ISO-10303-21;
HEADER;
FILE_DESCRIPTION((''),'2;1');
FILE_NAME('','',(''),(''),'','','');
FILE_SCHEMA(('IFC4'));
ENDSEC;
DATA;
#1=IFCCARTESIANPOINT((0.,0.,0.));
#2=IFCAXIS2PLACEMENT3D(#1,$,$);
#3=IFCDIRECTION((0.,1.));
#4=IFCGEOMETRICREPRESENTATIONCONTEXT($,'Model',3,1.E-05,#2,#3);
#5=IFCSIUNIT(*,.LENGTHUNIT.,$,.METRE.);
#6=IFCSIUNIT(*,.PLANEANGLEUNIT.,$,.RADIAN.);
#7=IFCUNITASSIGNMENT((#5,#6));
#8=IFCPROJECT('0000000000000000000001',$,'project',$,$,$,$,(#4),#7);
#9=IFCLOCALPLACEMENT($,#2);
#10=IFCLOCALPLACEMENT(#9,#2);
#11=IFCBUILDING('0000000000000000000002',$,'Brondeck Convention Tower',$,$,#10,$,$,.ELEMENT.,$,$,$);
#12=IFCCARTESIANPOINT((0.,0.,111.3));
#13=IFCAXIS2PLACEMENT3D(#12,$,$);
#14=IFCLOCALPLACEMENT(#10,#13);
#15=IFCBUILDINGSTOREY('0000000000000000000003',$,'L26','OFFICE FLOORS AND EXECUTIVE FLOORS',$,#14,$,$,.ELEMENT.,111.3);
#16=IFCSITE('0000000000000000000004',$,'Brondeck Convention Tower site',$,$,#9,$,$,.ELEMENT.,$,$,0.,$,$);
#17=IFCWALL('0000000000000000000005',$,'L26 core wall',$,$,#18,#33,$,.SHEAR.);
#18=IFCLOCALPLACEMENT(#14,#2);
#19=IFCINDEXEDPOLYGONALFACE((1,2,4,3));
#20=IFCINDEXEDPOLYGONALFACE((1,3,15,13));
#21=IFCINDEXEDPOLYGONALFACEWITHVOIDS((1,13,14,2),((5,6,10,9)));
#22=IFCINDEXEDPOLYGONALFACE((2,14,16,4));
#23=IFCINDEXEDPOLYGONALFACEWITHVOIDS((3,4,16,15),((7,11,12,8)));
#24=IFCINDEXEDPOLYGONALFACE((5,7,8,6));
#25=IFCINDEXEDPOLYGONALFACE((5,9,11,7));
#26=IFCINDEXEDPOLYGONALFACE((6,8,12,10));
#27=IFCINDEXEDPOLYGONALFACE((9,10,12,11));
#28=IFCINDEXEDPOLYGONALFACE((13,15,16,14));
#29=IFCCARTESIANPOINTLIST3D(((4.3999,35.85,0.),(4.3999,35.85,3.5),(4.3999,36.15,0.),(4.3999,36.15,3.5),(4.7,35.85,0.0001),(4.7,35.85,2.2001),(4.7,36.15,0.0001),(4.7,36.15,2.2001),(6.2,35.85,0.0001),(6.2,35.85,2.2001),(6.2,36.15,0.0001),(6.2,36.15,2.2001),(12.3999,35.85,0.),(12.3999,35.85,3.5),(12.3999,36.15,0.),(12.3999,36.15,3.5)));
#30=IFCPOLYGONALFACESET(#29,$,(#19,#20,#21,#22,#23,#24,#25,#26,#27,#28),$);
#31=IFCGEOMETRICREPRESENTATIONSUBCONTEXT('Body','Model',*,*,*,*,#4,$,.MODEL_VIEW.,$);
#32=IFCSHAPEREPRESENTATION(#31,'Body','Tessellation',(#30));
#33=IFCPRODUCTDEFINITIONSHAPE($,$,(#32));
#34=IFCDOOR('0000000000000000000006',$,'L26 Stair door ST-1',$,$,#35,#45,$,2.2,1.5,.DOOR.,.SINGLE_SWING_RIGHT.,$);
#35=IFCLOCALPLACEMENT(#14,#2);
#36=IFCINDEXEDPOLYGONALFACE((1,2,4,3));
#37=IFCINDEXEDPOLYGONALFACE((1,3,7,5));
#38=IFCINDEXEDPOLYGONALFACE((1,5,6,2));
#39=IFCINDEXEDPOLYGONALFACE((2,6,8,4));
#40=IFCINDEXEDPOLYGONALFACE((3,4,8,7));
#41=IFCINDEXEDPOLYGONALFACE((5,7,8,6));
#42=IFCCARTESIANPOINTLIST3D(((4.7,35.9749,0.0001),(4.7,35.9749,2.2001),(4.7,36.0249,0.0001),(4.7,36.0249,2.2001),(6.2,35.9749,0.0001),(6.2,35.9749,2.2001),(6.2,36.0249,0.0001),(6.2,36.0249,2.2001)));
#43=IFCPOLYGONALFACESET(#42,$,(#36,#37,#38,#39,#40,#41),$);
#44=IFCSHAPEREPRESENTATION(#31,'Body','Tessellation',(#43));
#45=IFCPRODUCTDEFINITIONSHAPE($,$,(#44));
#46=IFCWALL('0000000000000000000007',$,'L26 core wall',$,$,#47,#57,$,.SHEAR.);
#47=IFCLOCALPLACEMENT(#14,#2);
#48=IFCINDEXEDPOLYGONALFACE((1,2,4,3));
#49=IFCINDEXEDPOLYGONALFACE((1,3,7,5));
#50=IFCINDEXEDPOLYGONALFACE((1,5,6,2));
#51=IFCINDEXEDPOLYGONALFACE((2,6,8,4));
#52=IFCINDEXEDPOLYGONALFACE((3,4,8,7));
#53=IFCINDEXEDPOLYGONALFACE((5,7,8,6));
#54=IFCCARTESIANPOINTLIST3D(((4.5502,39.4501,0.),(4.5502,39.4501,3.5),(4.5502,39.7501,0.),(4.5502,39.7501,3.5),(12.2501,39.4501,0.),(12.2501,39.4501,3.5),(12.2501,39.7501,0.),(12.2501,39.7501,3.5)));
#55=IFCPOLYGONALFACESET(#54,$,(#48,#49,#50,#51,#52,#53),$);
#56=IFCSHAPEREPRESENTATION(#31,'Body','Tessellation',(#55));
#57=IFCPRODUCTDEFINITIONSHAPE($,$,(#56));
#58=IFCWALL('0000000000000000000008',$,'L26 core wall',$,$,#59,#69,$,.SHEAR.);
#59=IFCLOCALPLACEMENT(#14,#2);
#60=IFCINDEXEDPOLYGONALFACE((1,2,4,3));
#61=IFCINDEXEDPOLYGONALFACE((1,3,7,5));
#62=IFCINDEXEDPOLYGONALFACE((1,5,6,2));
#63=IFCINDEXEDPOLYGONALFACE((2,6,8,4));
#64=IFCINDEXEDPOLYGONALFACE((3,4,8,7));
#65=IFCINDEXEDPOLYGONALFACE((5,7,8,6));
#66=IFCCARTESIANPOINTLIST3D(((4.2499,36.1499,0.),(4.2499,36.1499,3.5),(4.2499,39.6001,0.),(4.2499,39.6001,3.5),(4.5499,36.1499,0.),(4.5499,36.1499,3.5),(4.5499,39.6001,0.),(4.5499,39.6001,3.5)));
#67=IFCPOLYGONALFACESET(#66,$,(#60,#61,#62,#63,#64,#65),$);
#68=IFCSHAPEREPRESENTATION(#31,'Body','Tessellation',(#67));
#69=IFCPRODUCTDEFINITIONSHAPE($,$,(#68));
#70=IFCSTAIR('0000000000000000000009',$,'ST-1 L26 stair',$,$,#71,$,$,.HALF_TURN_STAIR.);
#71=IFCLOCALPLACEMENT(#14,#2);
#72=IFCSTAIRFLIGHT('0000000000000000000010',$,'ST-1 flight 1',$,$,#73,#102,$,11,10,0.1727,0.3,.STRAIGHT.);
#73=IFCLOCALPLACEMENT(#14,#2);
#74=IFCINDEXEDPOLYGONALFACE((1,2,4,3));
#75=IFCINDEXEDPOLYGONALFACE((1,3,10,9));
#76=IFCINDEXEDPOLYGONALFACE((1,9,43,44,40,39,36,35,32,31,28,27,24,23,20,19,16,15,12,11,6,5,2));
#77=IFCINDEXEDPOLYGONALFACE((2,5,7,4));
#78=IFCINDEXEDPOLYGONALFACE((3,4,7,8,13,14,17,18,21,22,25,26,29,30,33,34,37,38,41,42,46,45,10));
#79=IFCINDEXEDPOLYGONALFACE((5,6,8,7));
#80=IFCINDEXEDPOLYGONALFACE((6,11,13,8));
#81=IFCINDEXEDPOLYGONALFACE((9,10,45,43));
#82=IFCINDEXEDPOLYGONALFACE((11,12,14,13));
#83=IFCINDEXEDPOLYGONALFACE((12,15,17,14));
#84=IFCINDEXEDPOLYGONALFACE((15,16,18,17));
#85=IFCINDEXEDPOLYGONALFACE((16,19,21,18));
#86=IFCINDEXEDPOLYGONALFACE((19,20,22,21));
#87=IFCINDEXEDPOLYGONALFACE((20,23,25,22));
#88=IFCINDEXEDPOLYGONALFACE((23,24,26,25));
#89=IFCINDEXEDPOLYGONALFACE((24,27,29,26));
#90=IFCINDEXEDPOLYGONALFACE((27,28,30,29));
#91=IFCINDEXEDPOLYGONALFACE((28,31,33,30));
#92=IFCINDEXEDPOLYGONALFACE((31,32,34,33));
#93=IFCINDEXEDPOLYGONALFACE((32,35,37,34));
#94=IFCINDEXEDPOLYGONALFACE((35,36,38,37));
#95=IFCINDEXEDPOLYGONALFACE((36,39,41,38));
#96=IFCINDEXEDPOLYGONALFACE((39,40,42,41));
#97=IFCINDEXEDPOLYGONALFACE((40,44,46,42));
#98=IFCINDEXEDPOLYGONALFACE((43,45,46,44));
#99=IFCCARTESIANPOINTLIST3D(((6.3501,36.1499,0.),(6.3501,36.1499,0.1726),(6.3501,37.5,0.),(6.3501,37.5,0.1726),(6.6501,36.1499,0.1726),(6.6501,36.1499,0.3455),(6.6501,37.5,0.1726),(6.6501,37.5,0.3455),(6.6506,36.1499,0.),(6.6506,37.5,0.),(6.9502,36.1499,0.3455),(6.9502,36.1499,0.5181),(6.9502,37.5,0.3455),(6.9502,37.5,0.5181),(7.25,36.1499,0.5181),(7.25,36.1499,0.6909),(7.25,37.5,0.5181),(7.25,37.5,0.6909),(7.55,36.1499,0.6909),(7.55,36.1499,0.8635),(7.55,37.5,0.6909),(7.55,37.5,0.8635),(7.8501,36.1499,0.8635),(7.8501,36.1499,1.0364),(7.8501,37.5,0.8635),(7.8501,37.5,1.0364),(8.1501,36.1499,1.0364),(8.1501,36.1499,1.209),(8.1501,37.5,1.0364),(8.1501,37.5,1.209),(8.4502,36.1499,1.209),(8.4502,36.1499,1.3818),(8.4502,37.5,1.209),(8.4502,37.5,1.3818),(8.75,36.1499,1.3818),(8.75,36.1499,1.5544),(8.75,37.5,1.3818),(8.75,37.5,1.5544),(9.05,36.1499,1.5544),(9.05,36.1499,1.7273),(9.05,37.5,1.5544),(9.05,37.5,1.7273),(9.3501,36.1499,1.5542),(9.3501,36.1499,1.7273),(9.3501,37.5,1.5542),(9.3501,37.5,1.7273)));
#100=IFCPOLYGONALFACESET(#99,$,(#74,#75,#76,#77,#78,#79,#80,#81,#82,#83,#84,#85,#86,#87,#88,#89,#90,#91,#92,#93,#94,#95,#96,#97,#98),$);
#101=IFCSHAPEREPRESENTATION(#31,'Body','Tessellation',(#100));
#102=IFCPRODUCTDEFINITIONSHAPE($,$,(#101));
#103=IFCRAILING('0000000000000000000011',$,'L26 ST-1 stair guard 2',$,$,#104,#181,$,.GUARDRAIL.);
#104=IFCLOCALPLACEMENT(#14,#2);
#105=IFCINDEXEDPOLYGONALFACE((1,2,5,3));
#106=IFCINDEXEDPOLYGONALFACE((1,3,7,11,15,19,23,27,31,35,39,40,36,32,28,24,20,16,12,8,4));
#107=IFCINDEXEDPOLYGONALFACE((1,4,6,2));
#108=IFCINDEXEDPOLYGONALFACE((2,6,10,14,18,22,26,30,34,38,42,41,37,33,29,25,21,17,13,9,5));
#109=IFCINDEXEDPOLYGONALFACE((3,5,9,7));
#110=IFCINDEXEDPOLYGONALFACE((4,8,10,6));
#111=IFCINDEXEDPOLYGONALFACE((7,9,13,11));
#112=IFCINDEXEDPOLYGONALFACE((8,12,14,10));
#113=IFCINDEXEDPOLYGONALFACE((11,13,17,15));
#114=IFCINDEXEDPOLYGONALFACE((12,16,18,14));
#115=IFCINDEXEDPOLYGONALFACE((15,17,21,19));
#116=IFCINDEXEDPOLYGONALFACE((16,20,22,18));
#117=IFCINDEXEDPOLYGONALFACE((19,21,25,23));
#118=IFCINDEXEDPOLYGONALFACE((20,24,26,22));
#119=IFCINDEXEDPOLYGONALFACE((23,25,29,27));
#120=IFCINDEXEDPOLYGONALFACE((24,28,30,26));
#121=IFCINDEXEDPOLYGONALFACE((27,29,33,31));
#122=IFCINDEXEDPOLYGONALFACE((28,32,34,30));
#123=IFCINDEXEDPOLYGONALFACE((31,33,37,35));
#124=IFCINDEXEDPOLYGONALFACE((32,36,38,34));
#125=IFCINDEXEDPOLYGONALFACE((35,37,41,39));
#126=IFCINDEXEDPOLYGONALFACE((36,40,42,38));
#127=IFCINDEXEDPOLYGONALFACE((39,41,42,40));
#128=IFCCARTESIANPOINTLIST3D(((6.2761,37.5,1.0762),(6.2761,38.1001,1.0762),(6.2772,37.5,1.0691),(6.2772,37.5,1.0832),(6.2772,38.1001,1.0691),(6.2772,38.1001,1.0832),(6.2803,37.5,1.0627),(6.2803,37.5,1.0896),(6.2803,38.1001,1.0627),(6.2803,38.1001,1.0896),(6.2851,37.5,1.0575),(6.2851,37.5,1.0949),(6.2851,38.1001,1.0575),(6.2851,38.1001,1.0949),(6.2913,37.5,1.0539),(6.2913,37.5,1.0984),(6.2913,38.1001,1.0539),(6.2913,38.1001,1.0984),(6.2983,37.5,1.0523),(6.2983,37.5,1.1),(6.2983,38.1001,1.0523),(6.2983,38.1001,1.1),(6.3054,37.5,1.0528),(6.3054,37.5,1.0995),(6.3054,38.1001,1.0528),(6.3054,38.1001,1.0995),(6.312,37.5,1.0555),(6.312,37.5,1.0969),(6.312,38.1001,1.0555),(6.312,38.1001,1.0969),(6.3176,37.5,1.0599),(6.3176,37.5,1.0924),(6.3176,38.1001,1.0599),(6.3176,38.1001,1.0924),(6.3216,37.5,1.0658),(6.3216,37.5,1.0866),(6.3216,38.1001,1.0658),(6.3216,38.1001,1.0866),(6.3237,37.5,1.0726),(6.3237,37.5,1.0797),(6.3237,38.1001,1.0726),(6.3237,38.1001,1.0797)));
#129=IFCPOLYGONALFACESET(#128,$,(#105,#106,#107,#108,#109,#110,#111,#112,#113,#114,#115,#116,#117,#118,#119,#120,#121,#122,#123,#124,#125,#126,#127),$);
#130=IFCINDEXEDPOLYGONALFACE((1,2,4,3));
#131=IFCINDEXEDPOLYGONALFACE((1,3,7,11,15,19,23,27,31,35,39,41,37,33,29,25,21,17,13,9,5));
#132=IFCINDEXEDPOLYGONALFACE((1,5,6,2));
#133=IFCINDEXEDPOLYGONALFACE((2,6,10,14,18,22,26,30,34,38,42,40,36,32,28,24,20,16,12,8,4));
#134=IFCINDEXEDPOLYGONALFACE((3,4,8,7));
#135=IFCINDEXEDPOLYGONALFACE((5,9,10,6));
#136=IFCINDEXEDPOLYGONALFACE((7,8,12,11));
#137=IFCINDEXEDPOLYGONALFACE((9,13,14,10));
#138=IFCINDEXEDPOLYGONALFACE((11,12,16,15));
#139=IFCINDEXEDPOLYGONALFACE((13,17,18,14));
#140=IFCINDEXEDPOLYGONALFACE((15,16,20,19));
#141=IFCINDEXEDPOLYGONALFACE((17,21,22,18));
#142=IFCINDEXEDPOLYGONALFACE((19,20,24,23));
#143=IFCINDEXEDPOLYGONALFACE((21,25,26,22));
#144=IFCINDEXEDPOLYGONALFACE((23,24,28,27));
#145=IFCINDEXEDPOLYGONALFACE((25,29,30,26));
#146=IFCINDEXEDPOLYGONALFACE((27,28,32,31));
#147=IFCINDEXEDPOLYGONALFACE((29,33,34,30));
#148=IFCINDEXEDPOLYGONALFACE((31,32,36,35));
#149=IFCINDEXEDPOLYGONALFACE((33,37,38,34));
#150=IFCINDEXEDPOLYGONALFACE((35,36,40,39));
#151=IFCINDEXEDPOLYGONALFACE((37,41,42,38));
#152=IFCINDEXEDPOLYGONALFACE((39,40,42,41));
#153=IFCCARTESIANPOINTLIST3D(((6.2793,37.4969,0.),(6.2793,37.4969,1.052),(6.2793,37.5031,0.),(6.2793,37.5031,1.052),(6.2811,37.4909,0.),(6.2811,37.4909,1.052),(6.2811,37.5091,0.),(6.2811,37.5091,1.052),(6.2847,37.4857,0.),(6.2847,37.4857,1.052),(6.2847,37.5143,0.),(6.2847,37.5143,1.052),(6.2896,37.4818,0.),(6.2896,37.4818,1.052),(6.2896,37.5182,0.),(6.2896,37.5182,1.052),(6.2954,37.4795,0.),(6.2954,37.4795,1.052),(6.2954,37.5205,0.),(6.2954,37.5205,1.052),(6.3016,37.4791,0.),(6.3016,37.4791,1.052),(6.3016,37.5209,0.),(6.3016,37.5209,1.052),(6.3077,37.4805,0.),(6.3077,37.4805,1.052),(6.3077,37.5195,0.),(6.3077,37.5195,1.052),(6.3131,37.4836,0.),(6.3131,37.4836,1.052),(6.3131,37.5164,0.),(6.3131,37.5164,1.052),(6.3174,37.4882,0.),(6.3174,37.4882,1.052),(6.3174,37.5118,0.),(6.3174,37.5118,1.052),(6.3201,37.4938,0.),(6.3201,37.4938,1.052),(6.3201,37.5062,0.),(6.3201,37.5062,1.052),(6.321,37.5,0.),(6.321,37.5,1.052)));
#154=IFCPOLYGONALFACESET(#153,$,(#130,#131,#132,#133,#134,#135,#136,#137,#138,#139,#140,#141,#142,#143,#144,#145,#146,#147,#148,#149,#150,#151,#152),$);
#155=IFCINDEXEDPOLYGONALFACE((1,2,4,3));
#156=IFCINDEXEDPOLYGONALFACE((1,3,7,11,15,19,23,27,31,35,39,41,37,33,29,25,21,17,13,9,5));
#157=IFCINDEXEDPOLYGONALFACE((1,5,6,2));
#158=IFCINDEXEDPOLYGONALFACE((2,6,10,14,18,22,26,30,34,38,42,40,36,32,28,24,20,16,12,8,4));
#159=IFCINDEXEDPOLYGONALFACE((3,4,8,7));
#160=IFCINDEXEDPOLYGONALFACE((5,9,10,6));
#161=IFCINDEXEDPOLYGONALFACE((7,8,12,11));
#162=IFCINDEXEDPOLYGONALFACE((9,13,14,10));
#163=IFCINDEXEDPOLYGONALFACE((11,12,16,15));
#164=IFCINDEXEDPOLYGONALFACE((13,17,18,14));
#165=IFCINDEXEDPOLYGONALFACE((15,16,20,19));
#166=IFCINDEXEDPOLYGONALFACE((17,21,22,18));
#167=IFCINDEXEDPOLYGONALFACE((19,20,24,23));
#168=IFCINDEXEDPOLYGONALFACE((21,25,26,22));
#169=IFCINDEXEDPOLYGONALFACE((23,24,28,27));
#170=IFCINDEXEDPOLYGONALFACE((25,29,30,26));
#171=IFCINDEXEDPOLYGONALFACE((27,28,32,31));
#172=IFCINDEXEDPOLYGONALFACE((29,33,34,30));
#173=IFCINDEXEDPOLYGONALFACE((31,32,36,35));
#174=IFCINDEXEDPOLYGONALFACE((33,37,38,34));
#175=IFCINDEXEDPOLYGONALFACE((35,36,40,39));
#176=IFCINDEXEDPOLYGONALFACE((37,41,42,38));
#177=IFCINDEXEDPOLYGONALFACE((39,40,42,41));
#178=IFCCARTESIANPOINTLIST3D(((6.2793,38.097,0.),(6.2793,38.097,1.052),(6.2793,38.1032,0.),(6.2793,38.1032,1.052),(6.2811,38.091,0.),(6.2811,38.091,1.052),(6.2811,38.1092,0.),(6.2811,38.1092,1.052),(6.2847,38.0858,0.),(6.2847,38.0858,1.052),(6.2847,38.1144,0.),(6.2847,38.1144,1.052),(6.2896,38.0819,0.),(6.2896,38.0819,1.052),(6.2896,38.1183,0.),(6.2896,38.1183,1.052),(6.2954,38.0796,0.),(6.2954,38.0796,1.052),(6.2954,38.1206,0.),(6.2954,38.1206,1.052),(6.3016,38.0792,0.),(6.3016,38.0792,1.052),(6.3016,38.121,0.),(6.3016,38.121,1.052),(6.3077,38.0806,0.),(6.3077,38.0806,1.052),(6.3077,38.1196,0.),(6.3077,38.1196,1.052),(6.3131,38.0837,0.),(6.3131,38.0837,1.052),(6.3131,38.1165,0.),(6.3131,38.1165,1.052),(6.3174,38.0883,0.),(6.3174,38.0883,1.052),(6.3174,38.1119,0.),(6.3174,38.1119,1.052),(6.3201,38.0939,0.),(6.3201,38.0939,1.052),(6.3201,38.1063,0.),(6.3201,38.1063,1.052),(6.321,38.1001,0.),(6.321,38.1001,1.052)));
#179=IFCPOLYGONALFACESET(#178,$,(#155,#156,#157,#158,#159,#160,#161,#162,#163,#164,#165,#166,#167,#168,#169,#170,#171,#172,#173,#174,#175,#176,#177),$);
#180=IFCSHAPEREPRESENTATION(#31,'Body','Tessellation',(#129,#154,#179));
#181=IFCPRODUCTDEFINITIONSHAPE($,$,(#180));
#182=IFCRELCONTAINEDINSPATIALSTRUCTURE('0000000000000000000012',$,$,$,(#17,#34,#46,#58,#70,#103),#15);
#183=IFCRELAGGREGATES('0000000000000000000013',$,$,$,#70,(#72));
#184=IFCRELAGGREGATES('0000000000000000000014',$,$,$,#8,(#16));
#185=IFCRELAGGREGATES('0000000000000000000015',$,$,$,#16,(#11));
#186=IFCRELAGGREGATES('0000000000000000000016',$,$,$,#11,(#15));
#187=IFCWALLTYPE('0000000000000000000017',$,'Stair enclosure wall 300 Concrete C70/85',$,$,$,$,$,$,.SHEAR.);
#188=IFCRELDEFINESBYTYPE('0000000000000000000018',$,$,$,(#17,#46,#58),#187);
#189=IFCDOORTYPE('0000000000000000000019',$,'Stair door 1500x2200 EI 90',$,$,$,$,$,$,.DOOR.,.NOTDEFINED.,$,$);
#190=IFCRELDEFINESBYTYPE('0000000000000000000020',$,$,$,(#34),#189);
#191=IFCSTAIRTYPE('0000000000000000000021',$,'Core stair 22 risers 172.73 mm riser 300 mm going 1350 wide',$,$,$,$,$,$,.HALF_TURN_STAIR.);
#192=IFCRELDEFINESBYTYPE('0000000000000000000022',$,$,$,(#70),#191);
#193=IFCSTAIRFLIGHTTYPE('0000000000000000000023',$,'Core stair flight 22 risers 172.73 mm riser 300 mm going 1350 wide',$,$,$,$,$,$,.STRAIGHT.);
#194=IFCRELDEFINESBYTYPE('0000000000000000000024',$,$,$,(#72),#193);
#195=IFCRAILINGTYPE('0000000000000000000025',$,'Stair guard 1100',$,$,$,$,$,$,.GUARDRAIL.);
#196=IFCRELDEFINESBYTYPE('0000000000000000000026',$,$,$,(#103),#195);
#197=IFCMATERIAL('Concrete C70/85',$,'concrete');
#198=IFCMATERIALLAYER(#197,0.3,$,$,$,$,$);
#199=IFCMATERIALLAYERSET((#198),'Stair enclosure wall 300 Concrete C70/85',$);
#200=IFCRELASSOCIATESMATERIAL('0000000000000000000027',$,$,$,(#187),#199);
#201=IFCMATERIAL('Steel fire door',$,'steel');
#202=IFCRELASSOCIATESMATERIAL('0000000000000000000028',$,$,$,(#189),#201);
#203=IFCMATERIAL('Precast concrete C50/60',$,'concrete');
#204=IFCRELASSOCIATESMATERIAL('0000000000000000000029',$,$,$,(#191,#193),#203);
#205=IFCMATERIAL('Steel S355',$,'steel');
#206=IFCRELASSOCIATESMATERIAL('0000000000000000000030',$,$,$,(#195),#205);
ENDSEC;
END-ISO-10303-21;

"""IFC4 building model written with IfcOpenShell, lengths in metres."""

from ifc_helpers import new_model, si_unit, direction, frame, frame_2d, origin, origin_2d, place, context, subcontext, project, spatial, polyline, rectangle, circle, outline, extrude, material, layer, layer_set, type_object, element, fill, aggregate, save


model = new_model("IFC4")

# Units and contexts
model_context = context("Model", 3, precision=1e-05, world=origin(), true_north=direction((0.0, 1.0)))
body_context = subcontext(model_context, "Body", "Model", "MODEL_VIEW")
ifc_project = project(units=[si_unit("LENGTHUNIT", "METRE"), si_unit("PLANEANGLEUNIT", "RADIAN")], contexts=[model_context])

# Site, building, storey
site_placement = place(None, origin())
site = spatial("IfcSite", under=ifc_project, at=site_placement, Name="Brondeck Convention Tower site", CompositionType="ELEMENT", RefElevation=0.0)
building_placement = place(site_placement, origin())
building = spatial("IfcBuilding", under=site, at=building_placement, Name="Brondeck Convention Tower", CompositionType="ELEMENT")
storey_placement = place(building_placement, frame((0.0, 0.0, 111.3)))
storey = spatial("IfcBuildingStorey", under=building, at=storey_placement, Name="L26", Description="OFFICE FLOORS AND EXECUTIVE FLOORS", CompositionType="ELEMENT", Elevation=111.3)

# Shared definitions
ifc_material_1 = material(Name="Concrete C70/85", Category="concrete")

# Shared definitions
ifc_material_2 = material(Name="Steel fire door", Category="steel")

# Wall, opening, door
ifc_layer_1 = layer(ifc_material_1, 0.3)
ifc_layer_set_1 = layer_set([ifc_layer_1], Name="Stair enclosure wall 300 Concrete C70/85")
wall_type_1 = type_object("IfcWallType", Name="Stair enclosure wall 300 Concrete C70/85", PredefinedType="SHEAR", material=ifc_layer_set_1)
wall_1_placement = place(storey_placement, frame((4.3999, 36.0, 0.0), z_axis=(0.0, 0.0, 1.0), x_axis=(1.0, 0.0, 0.0)))
wall_1 = element("IfcWall", 1, at=wall_1_placement, inside=storey, type_object=wall_type_1, Name="L26 core wall", PredefinedType="SHEAR", context=body_context, shape_type="SweptSolid", body=[
    extrude(rectangle(XDim=8.0, YDim=0.3, at=frame_2d((4.0, 0.0))), origin(), (0.0, 0.0, 1.0), 3.5),
])
opening_1_placement = place(wall_1_placement, frame((0.3, 0.0, 0.0)))
opening_1 = element("IfcOpeningElement", 2, at=opening_1_placement, cuts=wall_1, PredefinedType="OPENING", context=body_context, shape_type="SweptSolid", body=[
    extrude(rectangle(XDim=1.5, YDim=2.2, at=frame_2d((0.75, 1.1001))), frame((0.0, 0.1599, 0.0), z_axis=(0.0, -1.0, 0.0), x_axis=(1.0, 0.0, 0.0)), (0.0, 0.0, 1.0), 0.3201),
])
door_type_1 = type_object("IfcDoorType", Name="Stair door 1500x2200 EI 90", OperationType="NOTDEFINED", PredefinedType="DOOR", material=ifc_material_2)
door_1_placement = place(opening_1_placement, origin())
door_1 = element("IfcDoor", 3, at=door_1_placement, inside=storey, type_object=door_type_1, Name="L26 Stair door ST-1", OperationType="SINGLE_SWING_RIGHT", OverallHeight=2.2, OverallWidth=1.5, PredefinedType="DOOR", context=body_context, shape_type="SweptSolid", body=[
    extrude(rectangle(XDim=1.5, YDim=2.2, at=frame_2d((0.75, 1.1001))), frame((0.0, 0.0249, 0.0), z_axis=(0.0, -1.0, 0.0), x_axis=(1.0, 0.0, 0.0)), (0.0, 0.0, 1.0), 0.05),
])
fill(opening_1, door_1)

# Walls
wall_2_placement = place(storey_placement, frame((4.55, 39.6001, 0.0), z_axis=(0.0, 0.0, 1.0), x_axis=(1.0, 0.0, 0.0)))
element("IfcWall", 4, at=wall_2_placement, inside=storey, type_object=wall_type_1, Name="L26 core wall", PredefinedType="SHEAR", context=body_context, shape_type="SweptSolid", body=[
    extrude(rectangle(XDim=7.7, YDim=0.3, at=frame_2d((3.8501, 0.0))), origin(), (0.0, 0.0, 1.0), 3.5),
])
wall_3_placement = place(storey_placement, frame((4.3999, 36.1499, 0.0), z_axis=(0.0, 0.0, 1.0), x_axis=(0.0, 1.0, 0.0)))
element("IfcWall", 5, at=wall_3_placement, inside=storey, type_object=wall_type_1, Name="L26 core wall", PredefinedType="SHEAR", context=body_context, shape_type="SweptSolid", body=[
    extrude(rectangle(XDim=3.4502, YDim=0.3, at=frame_2d((1.7251, 0.0))), origin(), (0.0, 0.0, 1.0), 3.5),
])

# Stair, stair flight
ifc_material_3 = material(Name="Precast concrete C50/60", Category="concrete")
stair_type = type_object("IfcStairType", Name="Core stair 22 risers 172.73 mm riser 300 mm going 1350 wide", PredefinedType="HALF_TURN_STAIR", material=ifc_material_3)
stair_placement = place(storey_placement, origin())
stair = element("IfcStair", 6, at=stair_placement, inside=storey, type_object=stair_type, Name="ST-1 L26 stair", PredefinedType="HALF_TURN_STAIR")
stair_flight_type = type_object("IfcStairFlightType", Name="Core stair flight 22 risers 172.73 mm riser 300 mm going 1350 wide", PredefinedType="STRAIGHT", material=ifc_material_3)
stair_flight_placement = place(storey_placement, frame((6.3501, 36.825, 0.0), z_axis=(0.0, 0.0, 1.0), x_axis=(1.0, 0.0, 0.0)))
stair_flight = element("IfcStairFlight", 7, at=stair_flight_placement, type_object=stair_flight_type, Name="ST-1 flight 1", NumberOfRisers=11, NumberOfTreads=10, PredefinedType="STRAIGHT", RiserHeight=0.1727, TreadLength=0.3, context=body_context, shape_type="SweptSolid", body=[
    extrude(outline(polyline([(0.0, 0.0), (0.0, 0.1726), (0.3, 0.1726), (0.3, 0.3455), (0.6001, 0.3455), (0.6001, 0.5181), (0.8999, 0.5181), (0.8999, 0.6909), (1.2, 0.6909), (1.2, 0.8635), (1.5, 0.8635), (1.5, 1.0364), (1.8, 1.0364), (1.8, 1.209), (2.1001, 1.209), (2.1001, 1.3818), (2.3999, 1.3818), (2.3999, 1.5544), (2.7, 1.5544), (2.7, 1.7273), (3.0, 1.7273), (3.0, 1.8999), (3.0, 1.5542), (0.3005, 0.0), (0.0, 0.0)])), frame((0.0, 0.675, 0.0), z_axis=(0.0, -1.0, 0.0), x_axis=(1.0, 0.0, 0.0)), (0.0, 0.0, 1.0), 1.3501),
])
aggregate(stair, [stair_flight])

# Railing
ifc_material_4 = material(Name="Steel S355", Category="steel")
railing_type_1 = type_object("IfcRailingType", Name="Stair guard 1100", PredefinedType="GUARDRAIL", material=ifc_material_4)
railing_1_placement = place(storey_placement, frame((6.3, 37.5, 0.0)))
element("IfcRailing", 8, at=railing_1_placement, inside=storey, type_object=railing_type_1, Name="L26 ST-1 stair guard 2", PredefinedType="GUARDRAIL", context=body_context, shape_type="SweptSolid", body=[
    extrude(circle(Radius=0.0239, at=origin_2d()), frame((0.0, 0.0, 1.0762), z_axis=(0.0, 1.0, 0.0), x_axis=(-1.0, 0.0, 0.0)), (0.0, 0.0, 1.0), 0.6001),
    extrude(circle(Radius=0.021, at=origin_2d()), origin(), (0.0, 0.0, 1.0), 1.052),
    extrude(circle(Radius=0.021, at=origin_2d()), frame((0.0, 0.6001, 0.0)), (0.0, 0.0, 1.0), 1.052),
])

save(model, "model.ifc")
